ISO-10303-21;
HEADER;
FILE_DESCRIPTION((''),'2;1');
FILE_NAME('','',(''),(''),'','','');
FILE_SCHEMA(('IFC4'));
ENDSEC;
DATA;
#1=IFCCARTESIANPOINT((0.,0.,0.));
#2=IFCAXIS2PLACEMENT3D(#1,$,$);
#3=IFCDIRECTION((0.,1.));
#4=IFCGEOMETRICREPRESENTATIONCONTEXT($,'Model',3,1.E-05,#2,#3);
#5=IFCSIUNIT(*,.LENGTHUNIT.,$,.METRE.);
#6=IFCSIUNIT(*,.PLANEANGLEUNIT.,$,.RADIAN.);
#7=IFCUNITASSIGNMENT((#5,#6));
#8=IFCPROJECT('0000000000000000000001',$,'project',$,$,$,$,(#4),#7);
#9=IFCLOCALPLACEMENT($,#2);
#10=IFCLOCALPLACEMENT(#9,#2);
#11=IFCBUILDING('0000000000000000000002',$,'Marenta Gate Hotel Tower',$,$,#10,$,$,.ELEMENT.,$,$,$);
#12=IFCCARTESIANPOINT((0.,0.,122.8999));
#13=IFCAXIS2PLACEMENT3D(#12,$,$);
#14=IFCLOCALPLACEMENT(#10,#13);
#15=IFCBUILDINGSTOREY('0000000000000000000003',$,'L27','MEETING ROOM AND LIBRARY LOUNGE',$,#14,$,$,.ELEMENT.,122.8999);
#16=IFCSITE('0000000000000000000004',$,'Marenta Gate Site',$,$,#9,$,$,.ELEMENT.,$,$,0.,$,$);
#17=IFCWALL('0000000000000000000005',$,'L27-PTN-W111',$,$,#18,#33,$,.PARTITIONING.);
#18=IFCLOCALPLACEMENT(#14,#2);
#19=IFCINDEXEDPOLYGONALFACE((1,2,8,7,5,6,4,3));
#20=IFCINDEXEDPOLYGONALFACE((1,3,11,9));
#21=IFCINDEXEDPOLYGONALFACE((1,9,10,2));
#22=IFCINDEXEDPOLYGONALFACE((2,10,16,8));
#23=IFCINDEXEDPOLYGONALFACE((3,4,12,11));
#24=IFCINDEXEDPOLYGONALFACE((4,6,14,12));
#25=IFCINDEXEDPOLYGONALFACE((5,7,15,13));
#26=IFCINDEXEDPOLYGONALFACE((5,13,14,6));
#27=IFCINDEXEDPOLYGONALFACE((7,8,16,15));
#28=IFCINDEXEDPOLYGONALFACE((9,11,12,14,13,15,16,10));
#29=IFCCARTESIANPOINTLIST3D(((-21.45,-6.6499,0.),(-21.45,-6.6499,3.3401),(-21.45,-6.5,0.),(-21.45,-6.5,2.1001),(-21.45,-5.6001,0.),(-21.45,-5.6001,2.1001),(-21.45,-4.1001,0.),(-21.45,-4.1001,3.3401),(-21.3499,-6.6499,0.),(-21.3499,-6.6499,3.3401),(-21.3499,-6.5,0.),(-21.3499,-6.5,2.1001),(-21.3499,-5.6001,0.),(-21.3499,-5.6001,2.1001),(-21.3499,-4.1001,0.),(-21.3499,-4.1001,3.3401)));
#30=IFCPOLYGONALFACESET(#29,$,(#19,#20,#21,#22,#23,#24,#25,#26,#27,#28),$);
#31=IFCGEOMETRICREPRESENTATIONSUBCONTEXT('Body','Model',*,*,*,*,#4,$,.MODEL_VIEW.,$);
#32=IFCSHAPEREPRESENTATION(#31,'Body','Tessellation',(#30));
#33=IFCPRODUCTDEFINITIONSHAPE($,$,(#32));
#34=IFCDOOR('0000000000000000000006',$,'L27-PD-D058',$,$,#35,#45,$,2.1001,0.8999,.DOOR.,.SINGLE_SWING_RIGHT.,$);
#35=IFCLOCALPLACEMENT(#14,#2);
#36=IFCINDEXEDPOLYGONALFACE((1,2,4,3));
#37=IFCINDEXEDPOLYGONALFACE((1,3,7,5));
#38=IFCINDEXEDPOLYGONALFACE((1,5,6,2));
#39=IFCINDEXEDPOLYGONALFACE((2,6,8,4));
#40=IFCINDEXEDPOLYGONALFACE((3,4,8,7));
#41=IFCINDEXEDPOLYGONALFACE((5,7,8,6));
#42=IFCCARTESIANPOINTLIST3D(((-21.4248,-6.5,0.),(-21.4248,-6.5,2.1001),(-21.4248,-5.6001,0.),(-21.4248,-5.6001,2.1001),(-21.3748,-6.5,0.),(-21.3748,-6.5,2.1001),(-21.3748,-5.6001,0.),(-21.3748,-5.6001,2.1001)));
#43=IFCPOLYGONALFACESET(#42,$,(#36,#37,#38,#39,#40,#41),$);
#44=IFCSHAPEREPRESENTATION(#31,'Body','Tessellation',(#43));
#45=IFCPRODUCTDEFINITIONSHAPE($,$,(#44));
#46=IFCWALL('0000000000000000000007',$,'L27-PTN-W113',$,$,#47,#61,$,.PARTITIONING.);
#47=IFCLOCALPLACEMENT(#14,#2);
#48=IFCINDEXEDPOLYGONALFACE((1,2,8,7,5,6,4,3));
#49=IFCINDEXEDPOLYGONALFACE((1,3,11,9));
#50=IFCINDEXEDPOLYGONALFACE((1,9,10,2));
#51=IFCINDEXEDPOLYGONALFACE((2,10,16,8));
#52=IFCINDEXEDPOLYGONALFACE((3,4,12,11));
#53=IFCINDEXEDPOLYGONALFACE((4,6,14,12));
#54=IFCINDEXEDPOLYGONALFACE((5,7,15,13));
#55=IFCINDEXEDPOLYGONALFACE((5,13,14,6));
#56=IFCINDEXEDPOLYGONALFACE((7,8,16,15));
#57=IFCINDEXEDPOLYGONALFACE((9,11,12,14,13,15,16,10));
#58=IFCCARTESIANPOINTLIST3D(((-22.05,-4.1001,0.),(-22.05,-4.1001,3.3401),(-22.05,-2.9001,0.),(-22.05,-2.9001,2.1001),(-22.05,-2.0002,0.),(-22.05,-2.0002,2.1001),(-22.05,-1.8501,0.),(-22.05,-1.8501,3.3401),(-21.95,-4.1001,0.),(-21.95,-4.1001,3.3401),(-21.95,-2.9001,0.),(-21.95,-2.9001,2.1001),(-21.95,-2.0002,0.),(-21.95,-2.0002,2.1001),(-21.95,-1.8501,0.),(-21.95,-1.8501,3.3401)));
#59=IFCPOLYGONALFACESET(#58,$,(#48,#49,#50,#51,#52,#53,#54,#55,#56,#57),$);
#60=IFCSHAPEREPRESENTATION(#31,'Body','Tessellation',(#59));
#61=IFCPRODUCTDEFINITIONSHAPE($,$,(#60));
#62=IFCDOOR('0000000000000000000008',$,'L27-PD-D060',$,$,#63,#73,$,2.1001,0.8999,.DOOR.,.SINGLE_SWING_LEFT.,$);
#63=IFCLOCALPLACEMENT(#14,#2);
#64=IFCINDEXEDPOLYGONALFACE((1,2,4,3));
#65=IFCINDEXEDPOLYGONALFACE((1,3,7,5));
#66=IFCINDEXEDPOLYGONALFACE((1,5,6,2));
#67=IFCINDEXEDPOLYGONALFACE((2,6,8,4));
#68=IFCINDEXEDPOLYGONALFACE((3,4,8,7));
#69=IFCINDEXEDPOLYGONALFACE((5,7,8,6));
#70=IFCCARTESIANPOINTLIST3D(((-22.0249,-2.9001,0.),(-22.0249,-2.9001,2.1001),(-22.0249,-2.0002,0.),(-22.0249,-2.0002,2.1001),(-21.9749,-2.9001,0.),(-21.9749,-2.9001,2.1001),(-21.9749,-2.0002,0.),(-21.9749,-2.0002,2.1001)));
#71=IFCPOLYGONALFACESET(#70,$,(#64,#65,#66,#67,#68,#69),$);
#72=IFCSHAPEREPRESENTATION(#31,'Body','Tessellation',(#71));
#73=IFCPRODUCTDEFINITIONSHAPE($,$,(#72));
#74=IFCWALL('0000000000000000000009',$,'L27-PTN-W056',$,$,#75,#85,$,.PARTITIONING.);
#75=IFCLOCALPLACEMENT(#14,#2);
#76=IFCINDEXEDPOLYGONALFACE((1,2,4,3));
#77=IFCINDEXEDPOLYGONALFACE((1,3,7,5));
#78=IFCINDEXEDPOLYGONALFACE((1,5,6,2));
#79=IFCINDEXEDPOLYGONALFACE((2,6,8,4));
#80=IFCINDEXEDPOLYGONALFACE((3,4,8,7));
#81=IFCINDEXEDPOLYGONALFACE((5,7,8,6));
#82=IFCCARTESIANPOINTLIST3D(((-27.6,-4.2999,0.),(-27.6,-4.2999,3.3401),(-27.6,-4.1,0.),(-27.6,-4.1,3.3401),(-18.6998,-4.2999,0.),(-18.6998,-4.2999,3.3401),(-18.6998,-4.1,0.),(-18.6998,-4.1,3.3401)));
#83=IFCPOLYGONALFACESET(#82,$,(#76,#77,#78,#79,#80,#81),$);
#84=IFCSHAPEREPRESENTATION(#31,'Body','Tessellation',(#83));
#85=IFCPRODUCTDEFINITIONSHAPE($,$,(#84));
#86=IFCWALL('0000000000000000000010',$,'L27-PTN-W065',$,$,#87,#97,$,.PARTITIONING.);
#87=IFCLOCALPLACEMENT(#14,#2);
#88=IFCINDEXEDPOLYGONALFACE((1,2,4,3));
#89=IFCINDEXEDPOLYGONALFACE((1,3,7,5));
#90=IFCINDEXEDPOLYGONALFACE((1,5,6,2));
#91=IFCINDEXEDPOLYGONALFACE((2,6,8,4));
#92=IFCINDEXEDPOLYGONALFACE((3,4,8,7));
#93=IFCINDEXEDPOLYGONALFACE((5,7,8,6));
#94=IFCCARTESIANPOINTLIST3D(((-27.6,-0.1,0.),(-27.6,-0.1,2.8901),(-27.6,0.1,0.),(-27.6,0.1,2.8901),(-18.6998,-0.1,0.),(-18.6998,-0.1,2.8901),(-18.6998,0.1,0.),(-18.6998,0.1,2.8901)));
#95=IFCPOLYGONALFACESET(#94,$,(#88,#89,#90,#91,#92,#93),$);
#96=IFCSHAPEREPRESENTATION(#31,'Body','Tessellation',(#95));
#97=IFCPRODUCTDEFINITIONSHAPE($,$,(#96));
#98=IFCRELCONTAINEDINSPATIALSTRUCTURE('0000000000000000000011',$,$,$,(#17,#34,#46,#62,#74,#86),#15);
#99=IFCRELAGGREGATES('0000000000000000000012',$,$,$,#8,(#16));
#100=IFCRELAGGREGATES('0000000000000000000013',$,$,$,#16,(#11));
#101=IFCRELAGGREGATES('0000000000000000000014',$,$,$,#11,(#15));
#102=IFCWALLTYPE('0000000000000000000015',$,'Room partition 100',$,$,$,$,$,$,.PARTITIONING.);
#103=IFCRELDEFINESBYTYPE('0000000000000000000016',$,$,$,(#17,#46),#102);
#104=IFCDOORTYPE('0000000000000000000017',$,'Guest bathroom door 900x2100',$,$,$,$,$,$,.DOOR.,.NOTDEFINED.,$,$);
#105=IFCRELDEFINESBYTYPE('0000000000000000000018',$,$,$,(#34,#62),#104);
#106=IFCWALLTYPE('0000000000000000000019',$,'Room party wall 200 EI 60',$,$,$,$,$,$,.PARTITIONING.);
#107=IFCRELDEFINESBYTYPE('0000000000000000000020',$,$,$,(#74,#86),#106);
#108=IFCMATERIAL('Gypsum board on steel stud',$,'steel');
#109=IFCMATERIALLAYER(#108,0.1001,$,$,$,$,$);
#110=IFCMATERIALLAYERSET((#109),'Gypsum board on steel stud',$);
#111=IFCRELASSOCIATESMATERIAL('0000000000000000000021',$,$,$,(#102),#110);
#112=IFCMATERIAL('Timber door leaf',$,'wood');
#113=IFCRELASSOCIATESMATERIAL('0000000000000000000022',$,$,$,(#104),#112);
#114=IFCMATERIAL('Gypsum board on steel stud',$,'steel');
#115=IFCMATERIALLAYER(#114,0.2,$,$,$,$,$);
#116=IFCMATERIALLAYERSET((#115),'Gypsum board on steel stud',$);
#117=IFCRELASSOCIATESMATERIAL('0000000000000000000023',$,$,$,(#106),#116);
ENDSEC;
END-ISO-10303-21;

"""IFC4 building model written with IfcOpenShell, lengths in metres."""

from ifc_helpers import new_model, si_unit, direction, frame, frame_2d, origin, place, context, subcontext, project, spatial, rectangle, extrude, material, layer, layer_set, type_object, element, fill, save


model = new_model("IFC4")

# Units and contexts
model_context = context("Model", 3, precision=1e-05, world=origin(), true_north=direction((0.0, 1.0)))
body_context = subcontext(model_context, "Body", "Model", "MODEL_VIEW")
ifc_project = project(units=[si_unit("LENGTHUNIT", "METRE"), si_unit("PLANEANGLEUNIT", "RADIAN")], contexts=[model_context])

# Site, building, storey
site_placement = place(None, origin())
site = spatial("IfcSite", under=ifc_project, at=site_placement, Name="Marenta Gate Site", CompositionType="ELEMENT", RefElevation=0.0)
building_placement = place(site_placement, origin())
building = spatial("IfcBuilding", under=site, at=building_placement, Name="Marenta Gate Hotel Tower", CompositionType="ELEMENT")
storey_placement = place(building_placement, frame((0.0, 0.0, 122.8999)))
storey = spatial("IfcBuildingStorey", under=building, at=storey_placement, Name="L27", Description="MEETING ROOM AND LIBRARY LOUNGE", CompositionType="ELEMENT", Elevation=122.8999)

# Shared definitions
ifc_material_1 = material(Name="Gypsum board on steel stud", Category="steel")
ifc_layer_1 = layer(ifc_material_1, 0.1001)
ifc_layer_set_1 = layer_set([ifc_layer_1], Name="Gypsum board on steel stud")
wall_type_1 = type_object("IfcWallType", Name="Room partition 100", PredefinedType="PARTITIONING", material=ifc_layer_set_1)

# Walls, openings, doors
wall_1_placement = place(storey_placement, frame((-21.3999, -6.6499, 0.0), z_axis=(0.0, 0.0, 1.0), x_axis=(0.0, 1.0, 0.0)))
wall_1 = element("IfcWall", 1, at=wall_1_placement, inside=storey, type_object=wall_type_1, Name="L27-PTN-W111", PredefinedType="PARTITIONING", context=body_context, shape_type="SweptSolid", body=[
    extrude(rectangle(XDim=2.5498, YDim=0.1001, at=frame_2d((1.2749, 0.0))), origin(), (0.0, 0.0, 1.0), 3.3401),
])
opening_1_placement = place(wall_1_placement, frame((0.1499, 0.0, 0.0)))
opening_1 = element("IfcOpeningElement", 2, at=opening_1_placement, cuts=wall_1, PredefinedType="OPENING", context=body_context, shape_type="SweptSolid", body=[
    extrude(rectangle(XDim=0.8999, YDim=2.1001, at=frame_2d((0.45, 1.05))), frame((0.0, 0.05, 0.0), z_axis=(0.0, -1.0, 0.0), x_axis=(1.0, 0.0, 0.0)), (0.0, 0.0, 1.0), 0.1001),
])
ifc_material_2 = material(Name="Timber door leaf", Category="wood")
door_type_1 = type_object("IfcDoorType", Name="Guest bathroom door 900x2100", OperationType="NOTDEFINED", PredefinedType="DOOR", material=ifc_material_2)
door_1_placement = place(opening_1_placement, origin())
door_1 = element("IfcDoor", 3, at=door_1_placement, inside=storey, type_object=door_type_1, Name="L27-PD-D058", OperationType="SINGLE_SWING_RIGHT", OverallHeight=2.1001, OverallWidth=0.8999, PredefinedType="DOOR", context=body_context, shape_type="SweptSolid", body=[
    extrude(rectangle(XDim=0.8999, YDim=2.1001, at=frame_2d((0.45, 1.05))), frame((0.0, 0.0249, 0.0), z_axis=(0.0, -1.0, 0.0), x_axis=(1.0, 0.0, 0.0)), (0.0, 0.0, 1.0), 0.05),
])
fill(opening_1, door_1)
wall_2_placement = place(storey_placement, frame((-22.0, -4.1001, 0.0), z_axis=(0.0, 0.0, 1.0), x_axis=(0.0, 1.0, 0.0)))
wall_2 = element("IfcWall", 4, at=wall_2_placement, inside=storey, type_object=wall_type_1, Name="L27-PTN-W113", PredefinedType="PARTITIONING", context=body_context, shape_type="SweptSolid", body=[
    extrude(rectangle(XDim=2.25, YDim=0.1001, at=frame_2d((1.125, 0.0))), origin(), (0.0, 0.0, 1.0), 3.3401),
])
opening_2_placement = place(wall_2_placement, frame((1.2, 0.0, 0.0)))
opening_2 = element("IfcOpeningElement", 5, at=opening_2_placement, cuts=wall_2, PredefinedType="OPENING", context=body_context, shape_type="SweptSolid", body=[
    extrude(rectangle(XDim=0.8999, YDim=2.1001, at=frame_2d((0.45, 1.05))), frame((0.0, 0.05, 0.0), z_axis=(0.0, -1.0, 0.0), x_axis=(1.0, 0.0, 0.0)), (0.0, 0.0, 1.0), 0.1001),
])
door_2_placement = place(opening_2_placement, origin())
door_2 = element("IfcDoor", 6, at=door_2_placement, inside=storey, type_object=door_type_1, Name="L27-PD-D060", OperationType="SINGLE_SWING_LEFT", OverallHeight=2.1001, OverallWidth=0.8999, PredefinedType="DOOR", context=body_context, shape_type="SweptSolid", body=[
    extrude(rectangle(XDim=0.8999, YDim=2.1001, at=frame_2d((0.45, 1.05))), frame((0.0, 0.0249, 0.0), z_axis=(0.0, -1.0, 0.0), x_axis=(1.0, 0.0, 0.0)), (0.0, 0.0, 1.0), 0.05),
])
fill(opening_2, door_2)

# Walls
ifc_material_3 = material(Name="Gypsum board on steel stud", Category="steel")
ifc_layer_2 = layer(ifc_material_3, 0.2)
ifc_layer_set_2 = layer_set([ifc_layer_2], Name="Gypsum board on steel stud")
wall_type_2 = type_object("IfcWallType", Name="Room party wall 200 EI 60", PredefinedType="PARTITIONING", material=ifc_layer_set_2)
wall_3_placement = place(storey_placement, frame((-27.6001, -4.2, 0.0), z_axis=(0.0, 0.0, 1.0), x_axis=(1.0, 0.0, 0.0)))
element("IfcWall", 7, at=wall_3_placement, inside=storey, type_object=wall_type_2, Name="L27-PTN-W056", PredefinedType="PARTITIONING", context=body_context, shape_type="SweptSolid", body=[
    extrude(rectangle(XDim=8.9001, YDim=0.2, at=frame_2d((4.4502, 0.0))), origin(), (0.0, 0.0, 1.0), 3.3401),
])
wall_4_placement = place(storey_placement, frame((-27.6001, 0.0, 0.0), z_axis=(0.0, 0.0, 1.0), x_axis=(1.0, 0.0, 0.0)))
element("IfcWall", 8, at=wall_4_placement, inside=storey, type_object=wall_type_2, Name="L27-PTN-W065", PredefinedType="PARTITIONING", context=body_context, shape_type="SweptSolid", body=[
    extrude(rectangle(XDim=8.9001, YDim=0.2, at=frame_2d((4.4502, 0.0))), origin(), (0.0, 0.0, 1.0), 2.8901),
])

save(model, "model.ifc")
